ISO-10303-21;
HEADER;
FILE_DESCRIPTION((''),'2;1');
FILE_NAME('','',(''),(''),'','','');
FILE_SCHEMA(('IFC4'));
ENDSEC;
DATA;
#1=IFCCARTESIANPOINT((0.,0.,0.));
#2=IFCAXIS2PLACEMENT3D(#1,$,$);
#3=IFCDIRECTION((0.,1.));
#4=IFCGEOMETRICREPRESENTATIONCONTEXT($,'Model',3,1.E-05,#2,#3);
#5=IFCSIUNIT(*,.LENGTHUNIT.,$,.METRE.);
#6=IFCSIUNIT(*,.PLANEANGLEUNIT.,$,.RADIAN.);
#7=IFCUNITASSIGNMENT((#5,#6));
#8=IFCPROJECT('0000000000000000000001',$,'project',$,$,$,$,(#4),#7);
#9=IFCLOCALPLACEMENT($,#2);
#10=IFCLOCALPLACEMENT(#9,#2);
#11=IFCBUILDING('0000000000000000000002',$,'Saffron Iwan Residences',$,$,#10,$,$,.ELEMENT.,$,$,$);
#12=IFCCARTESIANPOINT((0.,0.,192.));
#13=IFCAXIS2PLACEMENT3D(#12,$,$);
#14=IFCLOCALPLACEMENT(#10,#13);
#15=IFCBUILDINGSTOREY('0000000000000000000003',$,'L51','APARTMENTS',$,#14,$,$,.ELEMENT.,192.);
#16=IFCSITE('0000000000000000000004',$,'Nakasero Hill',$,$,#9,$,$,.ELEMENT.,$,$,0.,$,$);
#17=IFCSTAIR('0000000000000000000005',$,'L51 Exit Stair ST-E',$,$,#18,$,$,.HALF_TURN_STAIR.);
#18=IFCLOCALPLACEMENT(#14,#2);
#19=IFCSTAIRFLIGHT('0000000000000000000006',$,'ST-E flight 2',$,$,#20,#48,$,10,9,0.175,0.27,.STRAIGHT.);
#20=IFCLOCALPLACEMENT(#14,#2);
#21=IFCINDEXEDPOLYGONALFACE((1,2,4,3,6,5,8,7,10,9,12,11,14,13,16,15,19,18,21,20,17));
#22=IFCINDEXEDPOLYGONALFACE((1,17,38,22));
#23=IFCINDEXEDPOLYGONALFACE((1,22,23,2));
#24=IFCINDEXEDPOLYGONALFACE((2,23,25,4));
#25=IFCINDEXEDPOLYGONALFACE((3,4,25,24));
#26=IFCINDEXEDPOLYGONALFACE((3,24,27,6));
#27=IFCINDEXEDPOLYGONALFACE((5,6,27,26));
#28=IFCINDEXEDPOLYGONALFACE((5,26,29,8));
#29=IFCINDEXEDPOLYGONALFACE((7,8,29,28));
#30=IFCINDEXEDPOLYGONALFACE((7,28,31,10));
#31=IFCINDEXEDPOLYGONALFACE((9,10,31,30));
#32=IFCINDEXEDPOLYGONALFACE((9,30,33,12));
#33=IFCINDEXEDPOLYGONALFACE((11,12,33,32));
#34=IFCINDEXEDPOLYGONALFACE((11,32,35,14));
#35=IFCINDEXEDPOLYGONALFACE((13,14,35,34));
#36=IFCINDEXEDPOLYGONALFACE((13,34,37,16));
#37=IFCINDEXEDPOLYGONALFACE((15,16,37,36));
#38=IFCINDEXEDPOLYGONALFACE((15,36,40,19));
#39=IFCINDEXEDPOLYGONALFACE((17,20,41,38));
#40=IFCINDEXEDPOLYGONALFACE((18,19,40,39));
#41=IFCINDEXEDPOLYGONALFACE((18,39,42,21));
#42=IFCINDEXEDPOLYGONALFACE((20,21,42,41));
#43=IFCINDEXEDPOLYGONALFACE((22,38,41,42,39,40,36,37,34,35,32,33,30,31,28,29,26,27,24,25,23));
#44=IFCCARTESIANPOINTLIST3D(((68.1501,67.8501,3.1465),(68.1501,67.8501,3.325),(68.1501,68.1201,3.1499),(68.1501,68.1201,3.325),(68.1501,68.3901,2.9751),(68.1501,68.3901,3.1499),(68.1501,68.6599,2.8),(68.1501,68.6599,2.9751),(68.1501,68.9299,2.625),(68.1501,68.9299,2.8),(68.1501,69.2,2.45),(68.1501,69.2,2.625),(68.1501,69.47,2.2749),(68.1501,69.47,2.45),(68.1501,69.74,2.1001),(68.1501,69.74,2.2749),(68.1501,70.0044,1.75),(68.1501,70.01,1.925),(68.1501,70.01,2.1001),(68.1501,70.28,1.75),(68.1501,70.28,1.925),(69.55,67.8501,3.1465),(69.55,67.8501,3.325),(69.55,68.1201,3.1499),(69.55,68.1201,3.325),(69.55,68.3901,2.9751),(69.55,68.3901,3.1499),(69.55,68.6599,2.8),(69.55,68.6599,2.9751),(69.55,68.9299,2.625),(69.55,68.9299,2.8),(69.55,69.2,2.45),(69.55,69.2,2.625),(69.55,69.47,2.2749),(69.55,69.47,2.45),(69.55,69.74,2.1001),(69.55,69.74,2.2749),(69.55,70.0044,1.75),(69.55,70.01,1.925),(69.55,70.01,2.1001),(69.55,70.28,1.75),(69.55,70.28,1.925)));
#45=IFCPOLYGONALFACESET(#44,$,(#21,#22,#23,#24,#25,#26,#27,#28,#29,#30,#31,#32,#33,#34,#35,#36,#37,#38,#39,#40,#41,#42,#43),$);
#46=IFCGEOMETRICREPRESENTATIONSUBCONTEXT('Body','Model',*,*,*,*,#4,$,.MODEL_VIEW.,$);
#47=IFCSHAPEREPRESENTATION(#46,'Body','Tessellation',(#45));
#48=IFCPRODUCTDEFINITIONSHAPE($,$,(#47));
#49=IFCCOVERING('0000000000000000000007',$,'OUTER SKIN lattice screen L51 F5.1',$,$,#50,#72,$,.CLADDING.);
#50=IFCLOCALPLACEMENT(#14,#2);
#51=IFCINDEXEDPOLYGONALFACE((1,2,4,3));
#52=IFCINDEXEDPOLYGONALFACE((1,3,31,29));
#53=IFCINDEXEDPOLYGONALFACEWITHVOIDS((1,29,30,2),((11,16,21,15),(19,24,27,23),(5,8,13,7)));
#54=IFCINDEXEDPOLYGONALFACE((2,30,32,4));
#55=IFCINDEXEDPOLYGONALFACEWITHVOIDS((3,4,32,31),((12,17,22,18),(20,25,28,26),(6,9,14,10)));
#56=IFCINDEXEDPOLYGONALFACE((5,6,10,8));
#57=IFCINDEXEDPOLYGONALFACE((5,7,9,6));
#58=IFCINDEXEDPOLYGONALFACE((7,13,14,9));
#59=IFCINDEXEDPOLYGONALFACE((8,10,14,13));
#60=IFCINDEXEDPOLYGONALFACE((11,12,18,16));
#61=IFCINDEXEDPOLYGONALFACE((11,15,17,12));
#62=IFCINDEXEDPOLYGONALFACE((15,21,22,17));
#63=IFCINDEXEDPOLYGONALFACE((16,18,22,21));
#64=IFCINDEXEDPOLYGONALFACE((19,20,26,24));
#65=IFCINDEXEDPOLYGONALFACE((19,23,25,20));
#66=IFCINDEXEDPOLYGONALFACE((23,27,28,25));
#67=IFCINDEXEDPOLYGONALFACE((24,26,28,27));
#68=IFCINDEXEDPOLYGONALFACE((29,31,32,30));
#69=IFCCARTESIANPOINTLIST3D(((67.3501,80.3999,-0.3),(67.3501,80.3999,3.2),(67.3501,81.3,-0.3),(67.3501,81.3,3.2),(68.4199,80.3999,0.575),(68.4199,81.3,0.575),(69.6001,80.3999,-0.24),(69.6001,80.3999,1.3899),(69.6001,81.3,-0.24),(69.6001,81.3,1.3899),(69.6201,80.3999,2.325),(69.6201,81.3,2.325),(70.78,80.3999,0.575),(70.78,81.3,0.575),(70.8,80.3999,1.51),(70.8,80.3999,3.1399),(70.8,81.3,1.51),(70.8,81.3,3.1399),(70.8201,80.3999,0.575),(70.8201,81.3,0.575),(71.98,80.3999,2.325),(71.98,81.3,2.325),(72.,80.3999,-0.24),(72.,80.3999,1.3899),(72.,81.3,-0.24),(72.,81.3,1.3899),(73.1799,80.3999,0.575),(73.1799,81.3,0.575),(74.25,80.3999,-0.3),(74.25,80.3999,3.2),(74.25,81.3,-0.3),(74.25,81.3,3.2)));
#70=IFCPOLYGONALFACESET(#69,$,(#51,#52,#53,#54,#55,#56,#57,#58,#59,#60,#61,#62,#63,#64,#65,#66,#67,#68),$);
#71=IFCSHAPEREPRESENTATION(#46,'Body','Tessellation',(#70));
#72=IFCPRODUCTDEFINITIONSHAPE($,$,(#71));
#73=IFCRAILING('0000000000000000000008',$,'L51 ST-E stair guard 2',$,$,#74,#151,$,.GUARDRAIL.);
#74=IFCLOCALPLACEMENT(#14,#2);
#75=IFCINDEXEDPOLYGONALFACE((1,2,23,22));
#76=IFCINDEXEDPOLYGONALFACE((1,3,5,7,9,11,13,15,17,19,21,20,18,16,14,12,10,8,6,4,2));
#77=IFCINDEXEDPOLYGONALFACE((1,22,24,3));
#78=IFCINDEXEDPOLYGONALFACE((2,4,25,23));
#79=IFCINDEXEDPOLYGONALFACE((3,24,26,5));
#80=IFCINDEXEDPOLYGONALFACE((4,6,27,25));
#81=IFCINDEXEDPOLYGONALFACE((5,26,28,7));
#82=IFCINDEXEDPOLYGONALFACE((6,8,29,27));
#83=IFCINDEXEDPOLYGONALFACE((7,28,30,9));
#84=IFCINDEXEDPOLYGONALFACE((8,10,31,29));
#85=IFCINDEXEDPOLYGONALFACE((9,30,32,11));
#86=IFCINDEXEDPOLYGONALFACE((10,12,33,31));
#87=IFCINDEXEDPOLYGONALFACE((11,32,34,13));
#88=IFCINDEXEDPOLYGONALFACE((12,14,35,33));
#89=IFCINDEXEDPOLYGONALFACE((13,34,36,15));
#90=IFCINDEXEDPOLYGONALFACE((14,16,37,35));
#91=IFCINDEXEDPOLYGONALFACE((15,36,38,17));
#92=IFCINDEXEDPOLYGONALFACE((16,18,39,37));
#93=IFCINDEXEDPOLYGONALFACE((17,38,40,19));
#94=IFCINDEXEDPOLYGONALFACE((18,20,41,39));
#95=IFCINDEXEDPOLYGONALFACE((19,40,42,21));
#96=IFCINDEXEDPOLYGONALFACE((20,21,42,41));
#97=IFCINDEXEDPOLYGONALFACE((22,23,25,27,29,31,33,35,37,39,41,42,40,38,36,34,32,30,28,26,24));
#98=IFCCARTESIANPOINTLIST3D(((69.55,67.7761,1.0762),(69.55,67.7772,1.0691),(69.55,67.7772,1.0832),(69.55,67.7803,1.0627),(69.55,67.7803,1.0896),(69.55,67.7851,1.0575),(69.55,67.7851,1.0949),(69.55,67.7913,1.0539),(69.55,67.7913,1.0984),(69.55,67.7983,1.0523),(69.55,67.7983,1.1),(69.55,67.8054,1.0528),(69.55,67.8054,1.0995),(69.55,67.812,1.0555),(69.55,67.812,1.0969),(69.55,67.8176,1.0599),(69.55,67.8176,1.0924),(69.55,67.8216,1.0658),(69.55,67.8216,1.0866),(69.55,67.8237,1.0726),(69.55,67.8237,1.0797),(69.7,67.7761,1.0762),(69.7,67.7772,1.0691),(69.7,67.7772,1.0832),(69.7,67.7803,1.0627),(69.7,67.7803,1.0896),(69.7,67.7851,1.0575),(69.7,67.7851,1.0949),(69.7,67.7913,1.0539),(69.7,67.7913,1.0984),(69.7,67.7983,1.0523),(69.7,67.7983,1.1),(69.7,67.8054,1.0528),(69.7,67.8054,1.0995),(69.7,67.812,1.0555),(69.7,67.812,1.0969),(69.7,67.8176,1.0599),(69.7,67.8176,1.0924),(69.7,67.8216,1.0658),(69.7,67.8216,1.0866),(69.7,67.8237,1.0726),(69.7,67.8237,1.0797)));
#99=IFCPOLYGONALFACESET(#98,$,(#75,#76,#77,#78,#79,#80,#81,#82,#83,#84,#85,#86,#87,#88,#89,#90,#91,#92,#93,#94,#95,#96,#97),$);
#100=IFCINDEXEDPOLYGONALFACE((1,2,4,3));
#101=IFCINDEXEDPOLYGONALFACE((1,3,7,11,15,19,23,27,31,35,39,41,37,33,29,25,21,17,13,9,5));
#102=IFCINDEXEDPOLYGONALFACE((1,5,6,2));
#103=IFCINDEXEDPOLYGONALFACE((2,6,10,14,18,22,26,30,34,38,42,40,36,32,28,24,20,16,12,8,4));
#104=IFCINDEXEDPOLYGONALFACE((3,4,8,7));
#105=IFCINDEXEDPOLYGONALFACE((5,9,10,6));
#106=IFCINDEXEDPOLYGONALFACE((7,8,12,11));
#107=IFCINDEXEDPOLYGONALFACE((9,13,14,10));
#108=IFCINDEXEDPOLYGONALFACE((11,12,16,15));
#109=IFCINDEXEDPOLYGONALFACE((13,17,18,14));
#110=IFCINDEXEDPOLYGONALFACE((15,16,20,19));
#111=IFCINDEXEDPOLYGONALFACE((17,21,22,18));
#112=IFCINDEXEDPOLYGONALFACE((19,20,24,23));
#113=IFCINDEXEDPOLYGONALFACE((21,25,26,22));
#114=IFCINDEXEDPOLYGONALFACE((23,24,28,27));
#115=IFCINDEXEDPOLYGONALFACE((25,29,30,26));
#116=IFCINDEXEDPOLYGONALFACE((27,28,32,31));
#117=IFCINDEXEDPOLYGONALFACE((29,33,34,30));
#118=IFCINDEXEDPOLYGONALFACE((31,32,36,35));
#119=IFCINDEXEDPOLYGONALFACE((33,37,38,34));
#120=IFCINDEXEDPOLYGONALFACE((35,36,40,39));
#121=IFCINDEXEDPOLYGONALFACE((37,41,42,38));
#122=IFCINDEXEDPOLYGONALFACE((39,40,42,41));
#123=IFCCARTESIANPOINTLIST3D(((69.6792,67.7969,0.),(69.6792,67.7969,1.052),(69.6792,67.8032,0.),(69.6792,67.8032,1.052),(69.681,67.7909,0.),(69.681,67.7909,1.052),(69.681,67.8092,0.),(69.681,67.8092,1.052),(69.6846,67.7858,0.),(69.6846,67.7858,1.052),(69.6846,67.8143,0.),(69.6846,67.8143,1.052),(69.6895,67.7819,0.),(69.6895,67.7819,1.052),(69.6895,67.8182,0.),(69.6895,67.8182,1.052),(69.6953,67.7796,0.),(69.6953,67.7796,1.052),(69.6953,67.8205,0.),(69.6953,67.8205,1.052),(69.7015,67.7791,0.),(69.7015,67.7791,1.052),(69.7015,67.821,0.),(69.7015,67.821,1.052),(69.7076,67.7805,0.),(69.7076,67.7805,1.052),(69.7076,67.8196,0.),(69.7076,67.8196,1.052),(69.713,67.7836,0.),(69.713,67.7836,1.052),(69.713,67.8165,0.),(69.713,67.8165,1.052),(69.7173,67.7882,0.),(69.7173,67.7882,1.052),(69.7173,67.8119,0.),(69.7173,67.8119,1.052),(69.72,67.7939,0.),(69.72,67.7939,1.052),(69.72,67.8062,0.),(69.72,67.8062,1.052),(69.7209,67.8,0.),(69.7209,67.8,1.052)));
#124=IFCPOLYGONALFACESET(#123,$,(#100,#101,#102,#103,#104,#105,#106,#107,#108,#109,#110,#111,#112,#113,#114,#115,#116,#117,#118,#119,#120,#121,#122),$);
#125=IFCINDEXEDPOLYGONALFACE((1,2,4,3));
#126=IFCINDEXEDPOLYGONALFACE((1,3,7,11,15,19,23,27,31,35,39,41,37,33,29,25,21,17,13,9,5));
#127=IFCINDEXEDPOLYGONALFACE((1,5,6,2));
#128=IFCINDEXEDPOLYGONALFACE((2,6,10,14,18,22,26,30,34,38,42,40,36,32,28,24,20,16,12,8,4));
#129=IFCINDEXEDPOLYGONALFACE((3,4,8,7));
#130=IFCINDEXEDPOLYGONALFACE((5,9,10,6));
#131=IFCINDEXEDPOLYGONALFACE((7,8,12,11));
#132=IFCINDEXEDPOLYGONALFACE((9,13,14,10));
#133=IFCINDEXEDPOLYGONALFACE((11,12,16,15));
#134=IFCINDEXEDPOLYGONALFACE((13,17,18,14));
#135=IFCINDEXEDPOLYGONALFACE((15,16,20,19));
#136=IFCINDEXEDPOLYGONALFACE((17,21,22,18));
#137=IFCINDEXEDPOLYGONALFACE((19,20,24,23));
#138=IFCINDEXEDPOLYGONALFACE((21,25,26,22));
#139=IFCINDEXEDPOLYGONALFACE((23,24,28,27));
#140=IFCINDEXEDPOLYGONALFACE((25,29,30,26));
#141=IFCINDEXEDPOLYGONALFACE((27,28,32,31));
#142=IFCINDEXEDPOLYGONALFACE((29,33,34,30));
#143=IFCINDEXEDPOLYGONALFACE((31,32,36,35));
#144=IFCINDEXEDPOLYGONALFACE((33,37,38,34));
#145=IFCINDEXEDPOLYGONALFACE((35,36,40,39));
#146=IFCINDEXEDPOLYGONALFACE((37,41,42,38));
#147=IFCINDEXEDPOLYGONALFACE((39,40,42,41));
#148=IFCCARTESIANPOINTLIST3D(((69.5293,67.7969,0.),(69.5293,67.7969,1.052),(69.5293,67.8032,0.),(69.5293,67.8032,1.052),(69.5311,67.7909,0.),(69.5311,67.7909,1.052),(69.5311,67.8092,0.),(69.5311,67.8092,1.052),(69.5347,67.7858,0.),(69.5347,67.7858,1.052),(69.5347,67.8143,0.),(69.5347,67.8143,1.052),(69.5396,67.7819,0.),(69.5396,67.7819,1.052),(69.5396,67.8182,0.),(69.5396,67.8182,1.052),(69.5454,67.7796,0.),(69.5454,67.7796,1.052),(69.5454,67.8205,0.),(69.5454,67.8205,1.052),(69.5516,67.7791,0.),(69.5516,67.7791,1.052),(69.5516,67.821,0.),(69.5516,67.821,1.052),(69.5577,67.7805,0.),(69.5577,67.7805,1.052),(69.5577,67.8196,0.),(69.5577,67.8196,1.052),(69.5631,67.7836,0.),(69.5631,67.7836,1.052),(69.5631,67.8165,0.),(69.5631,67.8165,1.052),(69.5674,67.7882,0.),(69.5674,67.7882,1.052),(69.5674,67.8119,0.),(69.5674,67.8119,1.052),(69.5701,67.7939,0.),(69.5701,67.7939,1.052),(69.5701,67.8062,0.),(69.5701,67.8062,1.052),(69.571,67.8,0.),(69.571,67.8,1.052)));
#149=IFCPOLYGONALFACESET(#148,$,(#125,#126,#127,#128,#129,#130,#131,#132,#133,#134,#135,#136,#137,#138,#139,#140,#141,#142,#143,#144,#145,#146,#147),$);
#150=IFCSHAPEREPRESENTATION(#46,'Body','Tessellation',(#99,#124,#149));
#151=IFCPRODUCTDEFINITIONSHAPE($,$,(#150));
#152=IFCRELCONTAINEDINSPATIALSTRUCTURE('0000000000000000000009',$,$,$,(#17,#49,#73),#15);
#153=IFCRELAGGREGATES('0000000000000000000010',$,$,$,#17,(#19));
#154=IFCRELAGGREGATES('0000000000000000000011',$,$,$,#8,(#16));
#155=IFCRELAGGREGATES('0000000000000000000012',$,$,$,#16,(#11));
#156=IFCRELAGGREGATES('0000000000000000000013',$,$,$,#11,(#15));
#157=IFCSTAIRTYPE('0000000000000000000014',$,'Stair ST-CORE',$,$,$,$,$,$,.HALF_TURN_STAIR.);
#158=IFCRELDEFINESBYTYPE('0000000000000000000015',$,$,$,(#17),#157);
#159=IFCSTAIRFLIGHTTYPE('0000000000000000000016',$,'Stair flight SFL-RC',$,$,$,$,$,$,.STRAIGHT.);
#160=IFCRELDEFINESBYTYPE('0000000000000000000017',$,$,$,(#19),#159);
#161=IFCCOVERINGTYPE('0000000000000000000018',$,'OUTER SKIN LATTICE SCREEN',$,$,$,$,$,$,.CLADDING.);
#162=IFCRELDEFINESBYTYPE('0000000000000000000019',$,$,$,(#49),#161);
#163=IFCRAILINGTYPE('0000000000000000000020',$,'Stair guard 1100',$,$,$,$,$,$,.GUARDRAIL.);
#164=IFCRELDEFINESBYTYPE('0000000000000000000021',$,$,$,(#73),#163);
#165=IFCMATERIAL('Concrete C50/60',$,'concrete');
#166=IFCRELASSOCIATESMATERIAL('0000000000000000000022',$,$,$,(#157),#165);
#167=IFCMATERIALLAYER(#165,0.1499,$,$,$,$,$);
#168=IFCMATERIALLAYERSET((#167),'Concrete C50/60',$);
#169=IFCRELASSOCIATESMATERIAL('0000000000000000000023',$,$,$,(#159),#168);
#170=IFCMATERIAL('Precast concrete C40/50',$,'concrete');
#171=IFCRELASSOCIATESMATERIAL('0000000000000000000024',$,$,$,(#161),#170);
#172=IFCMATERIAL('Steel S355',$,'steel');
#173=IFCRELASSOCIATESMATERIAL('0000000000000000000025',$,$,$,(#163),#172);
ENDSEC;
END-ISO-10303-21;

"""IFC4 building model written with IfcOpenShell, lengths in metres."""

from ifc_helpers import new_model, si_unit, direction, frame, origin, origin_2d, place, context, subcontext, project, spatial, polyline, circle, outline, extrude, material, layer, layer_set, type_object, element, aggregate, save


model = new_model("IFC4")

# Units and contexts
model_context = context("Model", 3, precision=1e-05, world=origin(), true_north=direction((0.0, 1.0)))
body_context = subcontext(model_context, "Body", "Model", "MODEL_VIEW")
ifc_project = project(units=[si_unit("LENGTHUNIT", "METRE"), si_unit("PLANEANGLEUNIT", "RADIAN")], contexts=[model_context])

# Site, building, storey
site_placement = place(None, origin())
site = spatial("IfcSite", under=ifc_project, at=site_placement, Name="Nakasero Hill", CompositionType="ELEMENT", RefElevation=0.0)
building_placement = place(site_placement, origin())
building = spatial("IfcBuilding", under=site, at=building_placement, Name="Saffron Iwan Residences", CompositionType="ELEMENT")
storey_placement = place(building_placement, frame((0.0, 0.0, 192.0)))
storey = spatial("IfcBuildingStorey", under=building, at=storey_placement, Name="L51", Description="APARTMENTS", CompositionType="ELEMENT", Elevation=192.0)

# Shared definitions
ifc_material_1 = material(Name="Concrete C50/60", Category="concrete")

# Stair, stair flight
stair_type = type_object("IfcStairType", Name="Stair ST-CORE", PredefinedType="HALF_TURN_STAIR", material=ifc_material_1)
stair_placement = place(storey_placement, origin())
stair = element("IfcStair", 1, at=stair_placement, inside=storey, type_object=stair_type, Name="L51 Exit Stair ST-E", PredefinedType="HALF_TURN_STAIR")
ifc_layer_1 = layer(ifc_material_1, 0.1499)
ifc_layer_set_1 = layer_set([ifc_layer_1], Name="Concrete C50/60")
stair_flight_type = type_object("IfcStairFlightType", Name="Stair flight SFL-RC", PredefinedType="STRAIGHT", material=ifc_layer_set_1)
stair_flight_1_placement = place(storey_placement, frame((68.8501, 70.28, 1.75), z_axis=(0.0, 0.0, 1.0), x_axis=(0.0, -1.0, 0.0)))
stair_flight_1 = element("IfcStairFlight", 2, at=stair_flight_1_placement, type_object=stair_flight_type, Name="ST-E flight 2", NumberOfRisers=10, NumberOfTreads=9, PredefinedType="STRAIGHT", RiserHeight=0.175, TreadLength=0.27, context=body_context, shape_type="SweptSolid", body=[
    extrude(outline(polyline([(0.0, 0.0), (0.0, 0.175), (0.27, 0.175), (0.27, 0.3501), (0.54, 0.3501), (0.54, 0.5249), (0.8101, 0.5249), (0.8101, 0.7), (1.0801, 0.7), (1.0801, 0.875), (1.3501, 0.875), (1.3501, 1.05), (1.6201, 1.05), (1.6201, 1.2251), (1.8899, 1.2251), (1.8899, 1.3999), (2.1599, 1.3999), (2.1599, 1.575), (2.4299, 1.575), (2.4299, 1.75), (2.4299, 1.3965), (0.2756, 0.0), (0.0, 0.0)])), frame((0.0, 0.7, 0.0), z_axis=(0.0, -1.0, 0.0), x_axis=(1.0, 0.0, 0.0)), (0.0, 0.0, 1.0), 1.3999),
])
aggregate(stair, [stair_flight_1])

# Covering
ifc_material_2 = material(Name="Precast concrete C40/50", Category="concrete")
covering_type = type_object("IfcCoveringType", Name="OUTER SKIN LATTICE SCREEN", PredefinedType="CLADDING", material=ifc_material_2)
covering_placement = place(storey_placement, frame((74.25, 80.3999, -0.3), z_axis=(0.0, 1.0, 0.0), x_axis=(-1.0, 0.0, 0.0)))
element("IfcCovering", 3, at=covering_placement, inside=storey, type_object=covering_type, Name="OUTER SKIN lattice screen L51 F5.1", PredefinedType="CLADDING", context=body_context, shape_type="SweptSolid", body=[
    extrude(outline(polyline([(0.0, 0.0), (6.8999, 0.0), (6.8999, 3.5), (0.0, 3.5), (0.0, 0.0)]), holes=[polyline([(1.0701, 0.875), (2.25, 0.0601), (3.4299, 0.875), (2.25, 1.6899), (1.0701, 0.875)]), polyline([(3.47, 0.875), (4.6499, 0.0601), (5.8301, 0.875), (4.6499, 1.6899), (3.47, 0.875)]), polyline([(2.27, 2.625), (3.45, 1.8101), (4.6299, 2.625), (3.45, 3.4399), (2.27, 2.625)])]), origin(), (0.0, 0.0, 1.0), 0.9001),
])

# Railing
ifc_material_3 = material(Name="Steel S355", Category="steel")
railing_type_1 = type_object("IfcRailingType", Name="Stair guard 1100", PredefinedType="GUARDRAIL", material=ifc_material_3)
railing_1_placement = place(storey_placement, frame((69.7, 67.8, 0.0)))
element("IfcRailing", 4, at=railing_1_placement, inside=storey, type_object=railing_type_1, Name="L51 ST-E stair guard 2", PredefinedType="GUARDRAIL", context=body_context, shape_type="SweptSolid", body=[
    extrude(circle(Radius=0.0239, at=origin_2d()), frame((0.0, 0.0, 1.0762), z_axis=(-1.0, 0.0, 0.0), x_axis=(0.0, -1.0, 0.0)), (0.0, 0.0, 1.0), 0.1499),
    extrude(circle(Radius=0.021, at=origin_2d()), origin(), (0.0, 0.0, 1.0), 1.052),
    extrude(circle(Radius=0.021, at=origin_2d()), frame((-0.1499, 0.0, 0.0)), (0.0, 0.0, 1.0), 1.052),
])

save(model, "model.ifc")
